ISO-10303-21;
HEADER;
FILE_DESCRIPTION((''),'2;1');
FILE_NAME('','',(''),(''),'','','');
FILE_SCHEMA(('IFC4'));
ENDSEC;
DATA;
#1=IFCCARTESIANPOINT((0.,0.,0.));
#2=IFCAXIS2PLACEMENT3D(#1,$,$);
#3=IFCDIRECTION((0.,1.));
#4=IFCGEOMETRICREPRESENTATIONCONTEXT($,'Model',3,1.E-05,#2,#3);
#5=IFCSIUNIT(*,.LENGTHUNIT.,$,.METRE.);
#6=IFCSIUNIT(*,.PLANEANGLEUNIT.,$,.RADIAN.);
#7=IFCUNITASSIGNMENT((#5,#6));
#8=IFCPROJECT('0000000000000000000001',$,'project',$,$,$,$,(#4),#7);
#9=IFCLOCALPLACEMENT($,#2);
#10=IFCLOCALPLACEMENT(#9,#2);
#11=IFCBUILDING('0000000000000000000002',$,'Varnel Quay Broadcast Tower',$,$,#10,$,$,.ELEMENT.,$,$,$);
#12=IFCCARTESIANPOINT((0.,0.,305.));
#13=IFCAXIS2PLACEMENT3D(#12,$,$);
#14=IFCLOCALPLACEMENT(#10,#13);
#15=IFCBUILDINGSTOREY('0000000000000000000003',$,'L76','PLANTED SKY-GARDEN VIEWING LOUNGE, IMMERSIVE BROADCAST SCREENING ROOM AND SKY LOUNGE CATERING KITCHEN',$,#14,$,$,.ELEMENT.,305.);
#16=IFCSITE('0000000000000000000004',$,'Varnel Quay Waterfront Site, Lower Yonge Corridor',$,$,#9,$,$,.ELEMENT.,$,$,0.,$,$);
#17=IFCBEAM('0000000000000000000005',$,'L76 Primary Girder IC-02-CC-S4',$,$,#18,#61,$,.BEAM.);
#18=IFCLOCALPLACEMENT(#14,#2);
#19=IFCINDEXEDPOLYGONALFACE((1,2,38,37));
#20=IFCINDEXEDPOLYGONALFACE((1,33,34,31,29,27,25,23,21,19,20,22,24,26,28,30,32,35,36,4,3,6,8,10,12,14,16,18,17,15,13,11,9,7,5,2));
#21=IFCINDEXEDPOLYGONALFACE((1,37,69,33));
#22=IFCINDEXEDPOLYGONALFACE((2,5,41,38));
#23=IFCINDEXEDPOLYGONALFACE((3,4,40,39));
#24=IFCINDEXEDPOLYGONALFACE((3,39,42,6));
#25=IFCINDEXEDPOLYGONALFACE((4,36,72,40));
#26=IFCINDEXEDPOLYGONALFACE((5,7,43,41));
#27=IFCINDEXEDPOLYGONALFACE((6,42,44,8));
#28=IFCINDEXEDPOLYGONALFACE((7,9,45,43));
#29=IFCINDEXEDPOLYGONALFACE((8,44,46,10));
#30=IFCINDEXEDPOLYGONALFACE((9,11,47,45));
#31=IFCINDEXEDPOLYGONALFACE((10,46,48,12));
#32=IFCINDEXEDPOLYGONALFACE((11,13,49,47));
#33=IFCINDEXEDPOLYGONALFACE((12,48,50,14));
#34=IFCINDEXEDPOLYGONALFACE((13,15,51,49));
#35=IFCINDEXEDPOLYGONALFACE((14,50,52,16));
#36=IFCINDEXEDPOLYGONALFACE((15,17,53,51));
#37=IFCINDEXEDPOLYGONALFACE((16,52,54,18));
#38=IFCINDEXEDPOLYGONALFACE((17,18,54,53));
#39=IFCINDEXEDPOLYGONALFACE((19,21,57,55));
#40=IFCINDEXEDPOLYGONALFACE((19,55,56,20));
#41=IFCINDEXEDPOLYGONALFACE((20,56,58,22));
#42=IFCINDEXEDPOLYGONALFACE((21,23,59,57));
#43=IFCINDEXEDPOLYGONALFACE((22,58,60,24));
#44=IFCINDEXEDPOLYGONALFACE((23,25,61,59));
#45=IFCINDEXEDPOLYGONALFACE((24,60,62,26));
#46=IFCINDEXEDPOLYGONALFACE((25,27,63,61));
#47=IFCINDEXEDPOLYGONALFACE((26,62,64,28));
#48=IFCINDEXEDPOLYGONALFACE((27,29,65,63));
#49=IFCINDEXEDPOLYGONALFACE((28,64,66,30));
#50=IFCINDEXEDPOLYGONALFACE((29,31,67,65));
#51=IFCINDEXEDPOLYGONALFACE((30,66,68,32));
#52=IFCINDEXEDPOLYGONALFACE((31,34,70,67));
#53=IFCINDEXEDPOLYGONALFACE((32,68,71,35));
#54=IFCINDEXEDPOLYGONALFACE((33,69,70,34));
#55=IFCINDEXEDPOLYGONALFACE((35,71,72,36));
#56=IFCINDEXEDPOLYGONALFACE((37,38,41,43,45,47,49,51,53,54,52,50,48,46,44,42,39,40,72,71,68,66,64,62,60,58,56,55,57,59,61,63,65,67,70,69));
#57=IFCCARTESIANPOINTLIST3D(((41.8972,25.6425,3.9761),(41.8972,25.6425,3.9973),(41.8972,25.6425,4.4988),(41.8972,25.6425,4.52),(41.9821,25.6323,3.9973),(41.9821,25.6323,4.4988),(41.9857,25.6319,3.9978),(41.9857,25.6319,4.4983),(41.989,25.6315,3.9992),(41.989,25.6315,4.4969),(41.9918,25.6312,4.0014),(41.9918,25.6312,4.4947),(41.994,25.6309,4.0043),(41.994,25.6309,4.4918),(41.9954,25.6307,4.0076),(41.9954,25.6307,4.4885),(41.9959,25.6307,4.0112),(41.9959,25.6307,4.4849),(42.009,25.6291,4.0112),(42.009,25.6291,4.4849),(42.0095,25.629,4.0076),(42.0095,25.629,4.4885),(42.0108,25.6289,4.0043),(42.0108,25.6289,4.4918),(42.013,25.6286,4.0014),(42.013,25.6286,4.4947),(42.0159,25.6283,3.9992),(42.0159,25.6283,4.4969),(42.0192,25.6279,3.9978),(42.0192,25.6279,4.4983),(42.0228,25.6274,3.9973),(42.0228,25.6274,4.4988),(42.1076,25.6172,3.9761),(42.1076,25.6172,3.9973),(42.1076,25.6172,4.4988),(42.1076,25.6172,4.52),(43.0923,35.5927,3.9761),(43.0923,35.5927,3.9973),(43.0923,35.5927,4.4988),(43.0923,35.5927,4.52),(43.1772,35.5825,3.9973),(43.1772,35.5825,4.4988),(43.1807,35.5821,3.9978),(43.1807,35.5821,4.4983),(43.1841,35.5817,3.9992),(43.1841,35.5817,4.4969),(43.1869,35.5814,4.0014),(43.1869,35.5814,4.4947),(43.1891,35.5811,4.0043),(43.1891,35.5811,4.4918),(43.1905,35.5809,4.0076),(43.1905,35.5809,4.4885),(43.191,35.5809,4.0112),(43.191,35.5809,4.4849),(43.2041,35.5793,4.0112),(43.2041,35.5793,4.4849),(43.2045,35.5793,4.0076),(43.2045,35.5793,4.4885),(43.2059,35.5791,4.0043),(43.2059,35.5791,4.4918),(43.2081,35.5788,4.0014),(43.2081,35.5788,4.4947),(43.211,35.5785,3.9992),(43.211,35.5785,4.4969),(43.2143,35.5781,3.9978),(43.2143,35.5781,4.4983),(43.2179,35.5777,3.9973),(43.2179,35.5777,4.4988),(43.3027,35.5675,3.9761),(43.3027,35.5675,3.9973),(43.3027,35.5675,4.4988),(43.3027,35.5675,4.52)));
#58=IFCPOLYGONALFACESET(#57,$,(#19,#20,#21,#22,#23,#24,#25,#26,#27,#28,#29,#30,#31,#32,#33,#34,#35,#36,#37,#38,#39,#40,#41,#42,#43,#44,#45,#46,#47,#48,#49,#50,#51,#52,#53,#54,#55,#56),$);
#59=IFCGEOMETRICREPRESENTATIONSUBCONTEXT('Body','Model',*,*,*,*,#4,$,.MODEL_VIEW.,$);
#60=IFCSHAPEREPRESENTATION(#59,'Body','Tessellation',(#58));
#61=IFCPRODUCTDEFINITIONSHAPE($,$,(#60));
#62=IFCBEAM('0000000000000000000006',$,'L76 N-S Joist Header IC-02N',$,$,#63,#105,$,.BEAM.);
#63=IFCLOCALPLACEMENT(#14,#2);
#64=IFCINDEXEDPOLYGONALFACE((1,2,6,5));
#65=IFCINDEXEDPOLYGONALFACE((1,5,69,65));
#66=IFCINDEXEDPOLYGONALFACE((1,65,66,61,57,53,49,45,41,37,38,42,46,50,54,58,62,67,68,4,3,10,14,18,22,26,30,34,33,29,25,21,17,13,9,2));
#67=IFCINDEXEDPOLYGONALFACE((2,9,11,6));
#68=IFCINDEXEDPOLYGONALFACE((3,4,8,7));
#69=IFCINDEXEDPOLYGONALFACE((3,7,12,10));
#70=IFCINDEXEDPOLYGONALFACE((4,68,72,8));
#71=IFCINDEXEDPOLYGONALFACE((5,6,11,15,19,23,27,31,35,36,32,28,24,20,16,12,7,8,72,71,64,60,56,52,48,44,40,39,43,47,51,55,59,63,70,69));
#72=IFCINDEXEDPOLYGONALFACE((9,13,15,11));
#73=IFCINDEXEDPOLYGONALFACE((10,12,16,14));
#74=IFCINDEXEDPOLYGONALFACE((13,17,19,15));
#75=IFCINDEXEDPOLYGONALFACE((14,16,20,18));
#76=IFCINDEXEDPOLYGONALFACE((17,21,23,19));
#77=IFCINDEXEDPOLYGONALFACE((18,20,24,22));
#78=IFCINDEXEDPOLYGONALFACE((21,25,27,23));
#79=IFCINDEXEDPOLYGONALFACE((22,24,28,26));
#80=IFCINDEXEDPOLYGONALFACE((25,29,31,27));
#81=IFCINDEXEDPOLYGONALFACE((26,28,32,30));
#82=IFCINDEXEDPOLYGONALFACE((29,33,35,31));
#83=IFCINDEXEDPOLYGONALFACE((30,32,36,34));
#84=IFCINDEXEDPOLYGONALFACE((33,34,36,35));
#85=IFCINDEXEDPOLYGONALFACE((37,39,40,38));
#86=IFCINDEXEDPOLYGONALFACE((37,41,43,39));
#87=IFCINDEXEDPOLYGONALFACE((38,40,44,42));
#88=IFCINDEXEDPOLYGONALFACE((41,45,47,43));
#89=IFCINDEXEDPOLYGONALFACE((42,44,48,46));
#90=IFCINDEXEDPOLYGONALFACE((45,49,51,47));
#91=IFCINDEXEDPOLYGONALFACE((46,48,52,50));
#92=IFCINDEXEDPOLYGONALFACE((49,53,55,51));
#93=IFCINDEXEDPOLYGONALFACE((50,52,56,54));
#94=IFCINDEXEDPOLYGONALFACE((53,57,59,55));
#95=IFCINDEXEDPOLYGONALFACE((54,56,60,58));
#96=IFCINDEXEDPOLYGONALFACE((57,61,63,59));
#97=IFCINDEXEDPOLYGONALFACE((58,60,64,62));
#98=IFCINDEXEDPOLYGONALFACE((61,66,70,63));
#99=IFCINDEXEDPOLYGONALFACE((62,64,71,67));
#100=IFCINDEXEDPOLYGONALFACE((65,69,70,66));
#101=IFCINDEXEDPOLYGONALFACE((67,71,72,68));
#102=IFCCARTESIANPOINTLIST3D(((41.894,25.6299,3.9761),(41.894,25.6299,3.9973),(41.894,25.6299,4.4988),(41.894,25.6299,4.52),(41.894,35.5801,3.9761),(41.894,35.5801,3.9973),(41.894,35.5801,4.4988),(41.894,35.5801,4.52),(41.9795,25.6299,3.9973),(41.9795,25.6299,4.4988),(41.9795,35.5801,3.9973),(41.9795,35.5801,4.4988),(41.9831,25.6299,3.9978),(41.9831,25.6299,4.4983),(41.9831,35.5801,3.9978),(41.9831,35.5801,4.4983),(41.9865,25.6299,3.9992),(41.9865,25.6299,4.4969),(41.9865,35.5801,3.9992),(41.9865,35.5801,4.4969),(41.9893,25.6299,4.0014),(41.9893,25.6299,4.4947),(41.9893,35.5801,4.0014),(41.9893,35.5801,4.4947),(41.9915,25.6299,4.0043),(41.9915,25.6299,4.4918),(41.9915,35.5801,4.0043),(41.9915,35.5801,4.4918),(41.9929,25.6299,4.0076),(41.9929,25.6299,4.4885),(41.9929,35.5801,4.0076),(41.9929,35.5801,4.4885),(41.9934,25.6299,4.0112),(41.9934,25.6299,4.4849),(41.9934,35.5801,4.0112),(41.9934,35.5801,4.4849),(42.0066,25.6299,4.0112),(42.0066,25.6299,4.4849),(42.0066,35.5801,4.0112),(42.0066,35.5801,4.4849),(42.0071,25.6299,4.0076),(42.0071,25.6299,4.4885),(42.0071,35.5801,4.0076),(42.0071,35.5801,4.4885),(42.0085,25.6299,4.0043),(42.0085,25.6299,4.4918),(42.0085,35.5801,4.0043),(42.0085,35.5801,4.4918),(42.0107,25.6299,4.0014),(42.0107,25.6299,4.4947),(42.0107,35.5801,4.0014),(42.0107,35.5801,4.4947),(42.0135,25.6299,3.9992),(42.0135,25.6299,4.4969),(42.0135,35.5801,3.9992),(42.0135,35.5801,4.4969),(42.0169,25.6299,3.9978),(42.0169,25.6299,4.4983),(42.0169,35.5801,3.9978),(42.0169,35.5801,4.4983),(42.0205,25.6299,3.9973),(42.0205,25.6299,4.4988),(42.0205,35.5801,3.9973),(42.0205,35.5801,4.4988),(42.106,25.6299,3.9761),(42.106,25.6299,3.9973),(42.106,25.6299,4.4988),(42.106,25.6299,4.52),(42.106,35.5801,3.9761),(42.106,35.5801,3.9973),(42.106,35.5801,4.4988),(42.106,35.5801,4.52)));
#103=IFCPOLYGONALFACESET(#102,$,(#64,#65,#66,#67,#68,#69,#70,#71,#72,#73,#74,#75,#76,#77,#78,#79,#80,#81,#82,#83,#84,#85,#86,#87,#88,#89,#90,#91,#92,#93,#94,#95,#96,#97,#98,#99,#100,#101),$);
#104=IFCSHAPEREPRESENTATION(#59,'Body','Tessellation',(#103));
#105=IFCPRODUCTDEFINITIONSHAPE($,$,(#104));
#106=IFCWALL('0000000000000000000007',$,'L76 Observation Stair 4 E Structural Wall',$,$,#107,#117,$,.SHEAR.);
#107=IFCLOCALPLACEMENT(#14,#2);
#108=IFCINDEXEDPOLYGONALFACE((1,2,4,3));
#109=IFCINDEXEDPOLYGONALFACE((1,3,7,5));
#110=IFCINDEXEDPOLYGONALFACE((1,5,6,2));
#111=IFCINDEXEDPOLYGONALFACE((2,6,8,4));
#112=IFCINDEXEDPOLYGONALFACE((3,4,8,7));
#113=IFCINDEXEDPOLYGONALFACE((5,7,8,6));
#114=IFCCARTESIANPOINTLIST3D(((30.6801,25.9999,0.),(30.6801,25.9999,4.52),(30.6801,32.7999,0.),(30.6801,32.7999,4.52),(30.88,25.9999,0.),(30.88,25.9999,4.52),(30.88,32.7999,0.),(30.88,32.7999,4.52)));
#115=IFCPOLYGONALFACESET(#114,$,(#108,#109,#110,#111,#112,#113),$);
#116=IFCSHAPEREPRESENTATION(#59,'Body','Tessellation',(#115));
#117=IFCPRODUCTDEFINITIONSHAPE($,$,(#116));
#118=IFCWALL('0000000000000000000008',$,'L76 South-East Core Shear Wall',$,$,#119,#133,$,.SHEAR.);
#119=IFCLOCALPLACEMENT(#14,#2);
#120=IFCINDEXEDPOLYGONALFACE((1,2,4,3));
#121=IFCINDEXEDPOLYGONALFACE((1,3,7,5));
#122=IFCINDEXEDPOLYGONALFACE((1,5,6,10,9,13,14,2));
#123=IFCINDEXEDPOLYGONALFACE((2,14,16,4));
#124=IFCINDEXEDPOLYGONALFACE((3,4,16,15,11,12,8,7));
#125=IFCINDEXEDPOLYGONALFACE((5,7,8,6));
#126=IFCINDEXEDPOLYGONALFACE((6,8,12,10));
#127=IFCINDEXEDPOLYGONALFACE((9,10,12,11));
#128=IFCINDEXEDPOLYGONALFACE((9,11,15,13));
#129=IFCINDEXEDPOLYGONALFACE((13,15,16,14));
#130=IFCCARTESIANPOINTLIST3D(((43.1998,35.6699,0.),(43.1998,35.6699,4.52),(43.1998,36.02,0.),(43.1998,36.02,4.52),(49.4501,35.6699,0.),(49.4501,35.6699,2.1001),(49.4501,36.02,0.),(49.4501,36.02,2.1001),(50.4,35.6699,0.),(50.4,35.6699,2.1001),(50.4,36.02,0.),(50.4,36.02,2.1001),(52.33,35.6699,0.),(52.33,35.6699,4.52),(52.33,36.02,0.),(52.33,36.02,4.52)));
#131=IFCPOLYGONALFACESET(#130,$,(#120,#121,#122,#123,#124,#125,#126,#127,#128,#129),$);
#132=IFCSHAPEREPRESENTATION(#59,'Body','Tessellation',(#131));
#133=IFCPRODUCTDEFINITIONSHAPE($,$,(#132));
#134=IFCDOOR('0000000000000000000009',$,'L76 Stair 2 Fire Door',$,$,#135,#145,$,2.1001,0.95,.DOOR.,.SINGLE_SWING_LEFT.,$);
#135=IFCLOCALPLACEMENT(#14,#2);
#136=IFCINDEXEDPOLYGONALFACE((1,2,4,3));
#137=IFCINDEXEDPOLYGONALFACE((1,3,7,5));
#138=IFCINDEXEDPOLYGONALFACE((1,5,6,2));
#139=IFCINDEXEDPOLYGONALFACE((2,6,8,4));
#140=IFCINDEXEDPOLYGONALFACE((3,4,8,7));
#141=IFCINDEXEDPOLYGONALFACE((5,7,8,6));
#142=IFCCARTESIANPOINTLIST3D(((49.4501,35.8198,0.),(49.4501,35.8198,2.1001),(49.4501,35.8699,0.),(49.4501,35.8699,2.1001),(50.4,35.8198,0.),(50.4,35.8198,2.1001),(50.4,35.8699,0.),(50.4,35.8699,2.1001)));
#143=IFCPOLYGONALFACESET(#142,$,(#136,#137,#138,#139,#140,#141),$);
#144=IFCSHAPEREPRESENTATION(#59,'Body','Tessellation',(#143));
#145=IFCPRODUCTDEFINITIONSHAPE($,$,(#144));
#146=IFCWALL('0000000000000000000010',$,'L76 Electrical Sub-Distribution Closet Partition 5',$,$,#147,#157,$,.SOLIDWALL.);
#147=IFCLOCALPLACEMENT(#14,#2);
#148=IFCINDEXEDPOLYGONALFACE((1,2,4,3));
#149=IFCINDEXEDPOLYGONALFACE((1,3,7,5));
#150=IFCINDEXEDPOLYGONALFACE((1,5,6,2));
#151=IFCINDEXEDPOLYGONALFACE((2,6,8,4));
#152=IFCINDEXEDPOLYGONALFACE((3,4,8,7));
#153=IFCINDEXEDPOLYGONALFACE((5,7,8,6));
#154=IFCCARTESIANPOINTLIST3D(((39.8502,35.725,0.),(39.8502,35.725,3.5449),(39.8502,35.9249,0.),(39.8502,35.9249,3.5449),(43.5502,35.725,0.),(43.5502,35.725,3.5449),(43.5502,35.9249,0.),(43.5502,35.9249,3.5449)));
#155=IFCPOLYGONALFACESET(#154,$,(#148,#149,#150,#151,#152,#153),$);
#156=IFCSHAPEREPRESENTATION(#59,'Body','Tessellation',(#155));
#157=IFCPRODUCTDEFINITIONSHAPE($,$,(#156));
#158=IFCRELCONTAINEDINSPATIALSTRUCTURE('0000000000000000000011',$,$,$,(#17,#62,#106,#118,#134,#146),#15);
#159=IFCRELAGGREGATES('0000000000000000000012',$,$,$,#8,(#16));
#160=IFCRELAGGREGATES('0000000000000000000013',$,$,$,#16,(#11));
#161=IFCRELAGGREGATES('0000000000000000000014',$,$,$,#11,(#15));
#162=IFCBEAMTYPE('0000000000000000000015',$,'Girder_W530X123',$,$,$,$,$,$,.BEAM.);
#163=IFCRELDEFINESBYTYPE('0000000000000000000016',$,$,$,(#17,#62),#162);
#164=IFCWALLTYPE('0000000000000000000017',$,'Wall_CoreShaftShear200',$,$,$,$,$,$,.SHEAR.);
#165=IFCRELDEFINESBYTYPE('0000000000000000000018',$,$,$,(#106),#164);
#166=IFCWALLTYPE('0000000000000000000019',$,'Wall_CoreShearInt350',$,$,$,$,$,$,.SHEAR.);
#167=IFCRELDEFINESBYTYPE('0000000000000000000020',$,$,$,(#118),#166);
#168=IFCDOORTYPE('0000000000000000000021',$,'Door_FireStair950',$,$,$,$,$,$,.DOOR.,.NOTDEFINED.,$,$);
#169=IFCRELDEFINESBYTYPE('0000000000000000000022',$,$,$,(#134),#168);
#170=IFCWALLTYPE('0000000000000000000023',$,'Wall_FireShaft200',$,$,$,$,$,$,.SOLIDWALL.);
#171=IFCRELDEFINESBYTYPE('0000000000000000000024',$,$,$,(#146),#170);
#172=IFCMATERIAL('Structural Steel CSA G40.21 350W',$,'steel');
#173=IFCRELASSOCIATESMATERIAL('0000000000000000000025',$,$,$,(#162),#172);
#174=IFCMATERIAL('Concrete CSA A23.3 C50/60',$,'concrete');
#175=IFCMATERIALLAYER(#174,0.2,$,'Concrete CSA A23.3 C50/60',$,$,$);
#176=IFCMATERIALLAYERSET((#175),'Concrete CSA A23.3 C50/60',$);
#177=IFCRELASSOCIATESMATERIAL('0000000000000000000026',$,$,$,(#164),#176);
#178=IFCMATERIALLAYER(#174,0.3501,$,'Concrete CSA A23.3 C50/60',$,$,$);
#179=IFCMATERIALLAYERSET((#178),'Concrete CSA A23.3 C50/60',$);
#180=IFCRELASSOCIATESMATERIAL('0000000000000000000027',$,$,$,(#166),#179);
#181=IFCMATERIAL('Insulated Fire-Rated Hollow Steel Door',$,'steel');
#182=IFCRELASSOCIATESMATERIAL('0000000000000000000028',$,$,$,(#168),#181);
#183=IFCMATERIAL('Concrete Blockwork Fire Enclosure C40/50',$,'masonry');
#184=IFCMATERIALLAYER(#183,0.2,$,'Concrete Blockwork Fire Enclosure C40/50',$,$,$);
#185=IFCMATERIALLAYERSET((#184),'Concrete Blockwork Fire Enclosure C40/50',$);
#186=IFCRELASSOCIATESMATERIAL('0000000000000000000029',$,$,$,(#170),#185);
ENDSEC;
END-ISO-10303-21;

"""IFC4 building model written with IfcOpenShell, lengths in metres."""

from ifc_helpers import new_model, si_unit, direction, frame, frame_2d, origin, origin_2d, place, context, subcontext, project, spatial, rectangle, i_section, extrude, source, transform, mapped, material, layer, layer_set, material_profile, profile_set, type_object, type_shapes, element, fill, save


model = new_model("IFC4")

# Units and contexts
model_context = context("Model", 3, precision=1e-05, world=origin(), true_north=direction((0.0, 1.0)))
body_context = subcontext(model_context, "Body", "Model", "MODEL_VIEW")
ifc_project = project(units=[si_unit("LENGTHUNIT", "METRE"), si_unit("PLANEANGLEUNIT", "RADIAN")], contexts=[model_context])

# Site, building, storey
site_placement = place(None, origin())
site = spatial("IfcSite", under=ifc_project, at=site_placement, Name="Varnel Quay Waterfront Site, Lower Yonge Corridor", CompositionType="ELEMENT", RefElevation=0.0)
building_placement = place(site_placement, origin())
building = spatial("IfcBuilding", under=site, at=building_placement, Name="Varnel Quay Broadcast Tower", CompositionType="ELEMENT")
storey_placement = place(building_placement, frame((0.0, 0.0, 305.0)))
storey = spatial("IfcBuildingStorey", under=building, at=storey_placement, Name="L76", Description="PLANTED SKY-GARDEN VIEWING LOUNGE, IMMERSIVE BROADCAST SCREENING ROOM AND SKY LOUNGE CATERING KITCHEN", CompositionType="ELEMENT", Elevation=305.0)

# Shared definitions
ifc_material_1 = material(Name="Structural Steel CSA G40.21 350W", Category="steel")

# Beams
ifc_material_2 = material(Name="Concrete CSA A23.3 C50/60", Category="concrete")
ifc_material_profile_1 = material_profile(ifc_material_1, i_section(OverallWidth=0.2119, OverallDepth=0.5439, WebThickness=0.0132, FlangeThickness=0.0212, FilletRadius=0.0139, at=origin_2d()), Name="W530X123")
ifc_profile_set_1 = profile_set([ifc_material_profile_1], Name="Structural Steel CSA G40.21 350W")
beam_type_1 = type_object("IfcBeamType", Name="Girder_W530X123", PredefinedType="BEAM", material=ifc_profile_set_1)
shared_shape_1 = source(origin(), body_context, "Body", "SweptSolid", [
    extrude(i_section(OverallWidth=0.2119, OverallDepth=0.5439, WebThickness=0.0132, FlangeThickness=0.0212, FilletRadius=0.0139, at=origin_2d()), origin(), (0.0, 0.0, 1.0), 10.0217),
])
beam_1_placement = place(storey_placement, frame((42.0024, 25.6299, 4.248), z_axis=(0.119248, 0.992864, 0.0), x_axis=(-0.992864, 0.119248, 0.0)))
element("IfcBeam", 1, at=beam_1_placement, inside=storey, type_object=beam_type_1, Name="L76 Primary Girder IC-02-CC-S4", PredefinedType="BEAM", context=body_context, shape_type="MappedRepresentation", body=[
    mapped(shared_shape_1, transform((0.0, 0.0, 0.0), x_axis=(1.0, 0.0, 0.0), y_axis=(0.0, 1.0, 0.0), z_axis=(0.0, 0.0, 1.0), scale=1.0)),
])
shared_shape_2 = source(origin(), body_context, "Body", "SweptSolid", [
    extrude(i_section(OverallWidth=0.2119, OverallDepth=0.5439, WebThickness=0.0132, FlangeThickness=0.0212, FilletRadius=0.0139, at=origin_2d()), origin(), (0.0, 0.0, 1.0), 9.9502),
])
type_shapes(beam_type_1, [shared_shape_1, shared_shape_2])
beam_2_placement = place(storey_placement, frame((42.0, 25.6299, 4.248), z_axis=(0.0, 1.0, 0.0), x_axis=(-1.0, 0.0, 0.0)))
element("IfcBeam", 2, at=beam_2_placement, inside=storey, type_object=beam_type_1, Name="L76 N-S Joist Header IC-02N", PredefinedType="BEAM", context=body_context, shape_type="MappedRepresentation", body=[
    mapped(shared_shape_2, transform((0.0, 0.0, 0.0), x_axis=(1.0, 0.0, 0.0), y_axis=(0.0, 1.0, 0.0), z_axis=(0.0, 0.0, 1.0), scale=1.0)),
])

# Wall
ifc_layer_1 = layer(ifc_material_2, 0.2, Name="Concrete CSA A23.3 C50/60")
ifc_layer_set_1 = layer_set([ifc_layer_1], Name="Concrete CSA A23.3 C50/60")
wall_type_1 = type_object("IfcWallType", Name="Wall_CoreShaftShear200", PredefinedType="SHEAR", material=ifc_layer_set_1)
wall_1_placement = place(storey_placement, frame((30.78, 26.0, 0.0), z_axis=(0.0, 0.0, 1.0), x_axis=(0.0, 1.0, 0.0)))
element("IfcWall", 3, at=wall_1_placement, inside=storey, type_object=wall_type_1, Name="L76 Observation Stair 4 E Structural Wall", PredefinedType="SHEAR", context=body_context, shape_type="SweptSolid", body=[
    extrude(rectangle(XDim=6.8, YDim=0.2, at=frame_2d((3.3999, 0.0))), origin(), (0.0, 0.0, 1.0), 4.52),
])

# Wall, opening, door
ifc_layer_2 = layer(ifc_material_2, 0.3501, Name="Concrete CSA A23.3 C50/60")
ifc_layer_set_2 = layer_set([ifc_layer_2], Name="Concrete CSA A23.3 C50/60")
wall_type_2 = type_object("IfcWallType", Name="Wall_CoreShearInt350", PredefinedType="SHEAR", material=ifc_layer_set_2)
wall_2_placement = place(storey_placement, frame((43.2, 35.845, 0.0), z_axis=(0.0, 0.0, 1.0), x_axis=(1.0, 0.0, 0.0)))
wall_2 = element("IfcWall", 4, at=wall_2_placement, inside=storey, type_object=wall_type_2, Name="L76 South-East Core Shear Wall", PredefinedType="SHEAR", context=body_context, shape_type="SweptSolid", body=[
    extrude(rectangle(XDim=9.1301, YDim=0.3501, at=frame_2d((4.5649, 0.0))), origin(), (0.0, 0.0, 1.0), 4.52),
])
opening_1_placement = place(wall_2_placement, frame((6.25, 0.0, 0.0)))
opening_1 = element("IfcOpeningElement", 5, at=opening_1_placement, cuts=wall_2, PredefinedType="OPENING", context=body_context, shape_type="SweptSolid", body=[
    extrude(rectangle(XDim=0.95, YDim=2.1001, at=frame_2d((0.4751, 1.05))), frame((0.0, 0.1851, 0.0), z_axis=(0.0, -1.0, 0.0), x_axis=(1.0, 0.0, 0.0)), (0.0, 0.0, 1.0), 0.3701),
])
ifc_material_3 = material(Name="Insulated Fire-Rated Hollow Steel Door", Category="steel")
door_type_1 = type_object("IfcDoorType", Name="Door_FireStair950", OperationType="NOTDEFINED", PredefinedType="DOOR", material=ifc_material_3)
shared_shape_3 = source(origin(), body_context, "Body", "SweptSolid", [
    extrude(rectangle(XDim=0.95, YDim=2.1001, at=frame_2d((0.4751, 1.05))), frame((0.0, 0.0249, 0.0), z_axis=(0.0, -1.0, 0.0), x_axis=(1.0, 0.0, 0.0)), (0.0, 0.0, 1.0), 0.05),
])
type_shapes(door_type_1, [shared_shape_3])
door_1_placement = place(opening_1_placement, origin())
door_1 = element("IfcDoor", 6, at=door_1_placement, inside=storey, type_object=door_type_1, Name="L76 Stair 2 Fire Door", OperationType="SINGLE_SWING_LEFT", OverallHeight=2.1001, OverallWidth=0.95, PredefinedType="DOOR", context=body_context, shape_type="MappedRepresentation", body=[
    mapped(shared_shape_3, transform((0.0, 0.0, 0.0), x_axis=(1.0, 0.0, 0.0), y_axis=(0.0, 1.0, 0.0), z_axis=(0.0, 0.0, 1.0), scale=1.0)),
])
fill(opening_1, door_1)

# Wall
ifc_material_4 = material(Name="Concrete Blockwork Fire Enclosure C40/50", Category="masonry")
ifc_layer_3 = layer(ifc_material_4, 0.2, Name="Concrete Blockwork Fire Enclosure C40/50")
ifc_layer_set_3 = layer_set([ifc_layer_3], Name="Concrete Blockwork Fire Enclosure C40/50")
wall_type_3 = type_object("IfcWallType", Name="Wall_FireShaft200", PredefinedType="SOLIDWALL", material=ifc_layer_set_3)
wall_3_placement = place(storey_placement, frame((39.8501, 35.825, 0.0), z_axis=(0.0, 0.0, 1.0), x_axis=(1.0, 0.0, 0.0)))
element("IfcWall", 7, at=wall_3_placement, inside=storey, type_object=wall_type_3, Name="L76 Electrical Sub-Distribution Closet Partition 5", PredefinedType="SOLIDWALL", context=body_context, shape_type="SweptSolid", body=[
    extrude(rectangle(XDim=3.7, YDim=0.2, at=frame_2d((1.8501, 0.0))), origin(), (0.0, 0.0, 1.0), 3.5449),
])

save(model, "model.ifc")
